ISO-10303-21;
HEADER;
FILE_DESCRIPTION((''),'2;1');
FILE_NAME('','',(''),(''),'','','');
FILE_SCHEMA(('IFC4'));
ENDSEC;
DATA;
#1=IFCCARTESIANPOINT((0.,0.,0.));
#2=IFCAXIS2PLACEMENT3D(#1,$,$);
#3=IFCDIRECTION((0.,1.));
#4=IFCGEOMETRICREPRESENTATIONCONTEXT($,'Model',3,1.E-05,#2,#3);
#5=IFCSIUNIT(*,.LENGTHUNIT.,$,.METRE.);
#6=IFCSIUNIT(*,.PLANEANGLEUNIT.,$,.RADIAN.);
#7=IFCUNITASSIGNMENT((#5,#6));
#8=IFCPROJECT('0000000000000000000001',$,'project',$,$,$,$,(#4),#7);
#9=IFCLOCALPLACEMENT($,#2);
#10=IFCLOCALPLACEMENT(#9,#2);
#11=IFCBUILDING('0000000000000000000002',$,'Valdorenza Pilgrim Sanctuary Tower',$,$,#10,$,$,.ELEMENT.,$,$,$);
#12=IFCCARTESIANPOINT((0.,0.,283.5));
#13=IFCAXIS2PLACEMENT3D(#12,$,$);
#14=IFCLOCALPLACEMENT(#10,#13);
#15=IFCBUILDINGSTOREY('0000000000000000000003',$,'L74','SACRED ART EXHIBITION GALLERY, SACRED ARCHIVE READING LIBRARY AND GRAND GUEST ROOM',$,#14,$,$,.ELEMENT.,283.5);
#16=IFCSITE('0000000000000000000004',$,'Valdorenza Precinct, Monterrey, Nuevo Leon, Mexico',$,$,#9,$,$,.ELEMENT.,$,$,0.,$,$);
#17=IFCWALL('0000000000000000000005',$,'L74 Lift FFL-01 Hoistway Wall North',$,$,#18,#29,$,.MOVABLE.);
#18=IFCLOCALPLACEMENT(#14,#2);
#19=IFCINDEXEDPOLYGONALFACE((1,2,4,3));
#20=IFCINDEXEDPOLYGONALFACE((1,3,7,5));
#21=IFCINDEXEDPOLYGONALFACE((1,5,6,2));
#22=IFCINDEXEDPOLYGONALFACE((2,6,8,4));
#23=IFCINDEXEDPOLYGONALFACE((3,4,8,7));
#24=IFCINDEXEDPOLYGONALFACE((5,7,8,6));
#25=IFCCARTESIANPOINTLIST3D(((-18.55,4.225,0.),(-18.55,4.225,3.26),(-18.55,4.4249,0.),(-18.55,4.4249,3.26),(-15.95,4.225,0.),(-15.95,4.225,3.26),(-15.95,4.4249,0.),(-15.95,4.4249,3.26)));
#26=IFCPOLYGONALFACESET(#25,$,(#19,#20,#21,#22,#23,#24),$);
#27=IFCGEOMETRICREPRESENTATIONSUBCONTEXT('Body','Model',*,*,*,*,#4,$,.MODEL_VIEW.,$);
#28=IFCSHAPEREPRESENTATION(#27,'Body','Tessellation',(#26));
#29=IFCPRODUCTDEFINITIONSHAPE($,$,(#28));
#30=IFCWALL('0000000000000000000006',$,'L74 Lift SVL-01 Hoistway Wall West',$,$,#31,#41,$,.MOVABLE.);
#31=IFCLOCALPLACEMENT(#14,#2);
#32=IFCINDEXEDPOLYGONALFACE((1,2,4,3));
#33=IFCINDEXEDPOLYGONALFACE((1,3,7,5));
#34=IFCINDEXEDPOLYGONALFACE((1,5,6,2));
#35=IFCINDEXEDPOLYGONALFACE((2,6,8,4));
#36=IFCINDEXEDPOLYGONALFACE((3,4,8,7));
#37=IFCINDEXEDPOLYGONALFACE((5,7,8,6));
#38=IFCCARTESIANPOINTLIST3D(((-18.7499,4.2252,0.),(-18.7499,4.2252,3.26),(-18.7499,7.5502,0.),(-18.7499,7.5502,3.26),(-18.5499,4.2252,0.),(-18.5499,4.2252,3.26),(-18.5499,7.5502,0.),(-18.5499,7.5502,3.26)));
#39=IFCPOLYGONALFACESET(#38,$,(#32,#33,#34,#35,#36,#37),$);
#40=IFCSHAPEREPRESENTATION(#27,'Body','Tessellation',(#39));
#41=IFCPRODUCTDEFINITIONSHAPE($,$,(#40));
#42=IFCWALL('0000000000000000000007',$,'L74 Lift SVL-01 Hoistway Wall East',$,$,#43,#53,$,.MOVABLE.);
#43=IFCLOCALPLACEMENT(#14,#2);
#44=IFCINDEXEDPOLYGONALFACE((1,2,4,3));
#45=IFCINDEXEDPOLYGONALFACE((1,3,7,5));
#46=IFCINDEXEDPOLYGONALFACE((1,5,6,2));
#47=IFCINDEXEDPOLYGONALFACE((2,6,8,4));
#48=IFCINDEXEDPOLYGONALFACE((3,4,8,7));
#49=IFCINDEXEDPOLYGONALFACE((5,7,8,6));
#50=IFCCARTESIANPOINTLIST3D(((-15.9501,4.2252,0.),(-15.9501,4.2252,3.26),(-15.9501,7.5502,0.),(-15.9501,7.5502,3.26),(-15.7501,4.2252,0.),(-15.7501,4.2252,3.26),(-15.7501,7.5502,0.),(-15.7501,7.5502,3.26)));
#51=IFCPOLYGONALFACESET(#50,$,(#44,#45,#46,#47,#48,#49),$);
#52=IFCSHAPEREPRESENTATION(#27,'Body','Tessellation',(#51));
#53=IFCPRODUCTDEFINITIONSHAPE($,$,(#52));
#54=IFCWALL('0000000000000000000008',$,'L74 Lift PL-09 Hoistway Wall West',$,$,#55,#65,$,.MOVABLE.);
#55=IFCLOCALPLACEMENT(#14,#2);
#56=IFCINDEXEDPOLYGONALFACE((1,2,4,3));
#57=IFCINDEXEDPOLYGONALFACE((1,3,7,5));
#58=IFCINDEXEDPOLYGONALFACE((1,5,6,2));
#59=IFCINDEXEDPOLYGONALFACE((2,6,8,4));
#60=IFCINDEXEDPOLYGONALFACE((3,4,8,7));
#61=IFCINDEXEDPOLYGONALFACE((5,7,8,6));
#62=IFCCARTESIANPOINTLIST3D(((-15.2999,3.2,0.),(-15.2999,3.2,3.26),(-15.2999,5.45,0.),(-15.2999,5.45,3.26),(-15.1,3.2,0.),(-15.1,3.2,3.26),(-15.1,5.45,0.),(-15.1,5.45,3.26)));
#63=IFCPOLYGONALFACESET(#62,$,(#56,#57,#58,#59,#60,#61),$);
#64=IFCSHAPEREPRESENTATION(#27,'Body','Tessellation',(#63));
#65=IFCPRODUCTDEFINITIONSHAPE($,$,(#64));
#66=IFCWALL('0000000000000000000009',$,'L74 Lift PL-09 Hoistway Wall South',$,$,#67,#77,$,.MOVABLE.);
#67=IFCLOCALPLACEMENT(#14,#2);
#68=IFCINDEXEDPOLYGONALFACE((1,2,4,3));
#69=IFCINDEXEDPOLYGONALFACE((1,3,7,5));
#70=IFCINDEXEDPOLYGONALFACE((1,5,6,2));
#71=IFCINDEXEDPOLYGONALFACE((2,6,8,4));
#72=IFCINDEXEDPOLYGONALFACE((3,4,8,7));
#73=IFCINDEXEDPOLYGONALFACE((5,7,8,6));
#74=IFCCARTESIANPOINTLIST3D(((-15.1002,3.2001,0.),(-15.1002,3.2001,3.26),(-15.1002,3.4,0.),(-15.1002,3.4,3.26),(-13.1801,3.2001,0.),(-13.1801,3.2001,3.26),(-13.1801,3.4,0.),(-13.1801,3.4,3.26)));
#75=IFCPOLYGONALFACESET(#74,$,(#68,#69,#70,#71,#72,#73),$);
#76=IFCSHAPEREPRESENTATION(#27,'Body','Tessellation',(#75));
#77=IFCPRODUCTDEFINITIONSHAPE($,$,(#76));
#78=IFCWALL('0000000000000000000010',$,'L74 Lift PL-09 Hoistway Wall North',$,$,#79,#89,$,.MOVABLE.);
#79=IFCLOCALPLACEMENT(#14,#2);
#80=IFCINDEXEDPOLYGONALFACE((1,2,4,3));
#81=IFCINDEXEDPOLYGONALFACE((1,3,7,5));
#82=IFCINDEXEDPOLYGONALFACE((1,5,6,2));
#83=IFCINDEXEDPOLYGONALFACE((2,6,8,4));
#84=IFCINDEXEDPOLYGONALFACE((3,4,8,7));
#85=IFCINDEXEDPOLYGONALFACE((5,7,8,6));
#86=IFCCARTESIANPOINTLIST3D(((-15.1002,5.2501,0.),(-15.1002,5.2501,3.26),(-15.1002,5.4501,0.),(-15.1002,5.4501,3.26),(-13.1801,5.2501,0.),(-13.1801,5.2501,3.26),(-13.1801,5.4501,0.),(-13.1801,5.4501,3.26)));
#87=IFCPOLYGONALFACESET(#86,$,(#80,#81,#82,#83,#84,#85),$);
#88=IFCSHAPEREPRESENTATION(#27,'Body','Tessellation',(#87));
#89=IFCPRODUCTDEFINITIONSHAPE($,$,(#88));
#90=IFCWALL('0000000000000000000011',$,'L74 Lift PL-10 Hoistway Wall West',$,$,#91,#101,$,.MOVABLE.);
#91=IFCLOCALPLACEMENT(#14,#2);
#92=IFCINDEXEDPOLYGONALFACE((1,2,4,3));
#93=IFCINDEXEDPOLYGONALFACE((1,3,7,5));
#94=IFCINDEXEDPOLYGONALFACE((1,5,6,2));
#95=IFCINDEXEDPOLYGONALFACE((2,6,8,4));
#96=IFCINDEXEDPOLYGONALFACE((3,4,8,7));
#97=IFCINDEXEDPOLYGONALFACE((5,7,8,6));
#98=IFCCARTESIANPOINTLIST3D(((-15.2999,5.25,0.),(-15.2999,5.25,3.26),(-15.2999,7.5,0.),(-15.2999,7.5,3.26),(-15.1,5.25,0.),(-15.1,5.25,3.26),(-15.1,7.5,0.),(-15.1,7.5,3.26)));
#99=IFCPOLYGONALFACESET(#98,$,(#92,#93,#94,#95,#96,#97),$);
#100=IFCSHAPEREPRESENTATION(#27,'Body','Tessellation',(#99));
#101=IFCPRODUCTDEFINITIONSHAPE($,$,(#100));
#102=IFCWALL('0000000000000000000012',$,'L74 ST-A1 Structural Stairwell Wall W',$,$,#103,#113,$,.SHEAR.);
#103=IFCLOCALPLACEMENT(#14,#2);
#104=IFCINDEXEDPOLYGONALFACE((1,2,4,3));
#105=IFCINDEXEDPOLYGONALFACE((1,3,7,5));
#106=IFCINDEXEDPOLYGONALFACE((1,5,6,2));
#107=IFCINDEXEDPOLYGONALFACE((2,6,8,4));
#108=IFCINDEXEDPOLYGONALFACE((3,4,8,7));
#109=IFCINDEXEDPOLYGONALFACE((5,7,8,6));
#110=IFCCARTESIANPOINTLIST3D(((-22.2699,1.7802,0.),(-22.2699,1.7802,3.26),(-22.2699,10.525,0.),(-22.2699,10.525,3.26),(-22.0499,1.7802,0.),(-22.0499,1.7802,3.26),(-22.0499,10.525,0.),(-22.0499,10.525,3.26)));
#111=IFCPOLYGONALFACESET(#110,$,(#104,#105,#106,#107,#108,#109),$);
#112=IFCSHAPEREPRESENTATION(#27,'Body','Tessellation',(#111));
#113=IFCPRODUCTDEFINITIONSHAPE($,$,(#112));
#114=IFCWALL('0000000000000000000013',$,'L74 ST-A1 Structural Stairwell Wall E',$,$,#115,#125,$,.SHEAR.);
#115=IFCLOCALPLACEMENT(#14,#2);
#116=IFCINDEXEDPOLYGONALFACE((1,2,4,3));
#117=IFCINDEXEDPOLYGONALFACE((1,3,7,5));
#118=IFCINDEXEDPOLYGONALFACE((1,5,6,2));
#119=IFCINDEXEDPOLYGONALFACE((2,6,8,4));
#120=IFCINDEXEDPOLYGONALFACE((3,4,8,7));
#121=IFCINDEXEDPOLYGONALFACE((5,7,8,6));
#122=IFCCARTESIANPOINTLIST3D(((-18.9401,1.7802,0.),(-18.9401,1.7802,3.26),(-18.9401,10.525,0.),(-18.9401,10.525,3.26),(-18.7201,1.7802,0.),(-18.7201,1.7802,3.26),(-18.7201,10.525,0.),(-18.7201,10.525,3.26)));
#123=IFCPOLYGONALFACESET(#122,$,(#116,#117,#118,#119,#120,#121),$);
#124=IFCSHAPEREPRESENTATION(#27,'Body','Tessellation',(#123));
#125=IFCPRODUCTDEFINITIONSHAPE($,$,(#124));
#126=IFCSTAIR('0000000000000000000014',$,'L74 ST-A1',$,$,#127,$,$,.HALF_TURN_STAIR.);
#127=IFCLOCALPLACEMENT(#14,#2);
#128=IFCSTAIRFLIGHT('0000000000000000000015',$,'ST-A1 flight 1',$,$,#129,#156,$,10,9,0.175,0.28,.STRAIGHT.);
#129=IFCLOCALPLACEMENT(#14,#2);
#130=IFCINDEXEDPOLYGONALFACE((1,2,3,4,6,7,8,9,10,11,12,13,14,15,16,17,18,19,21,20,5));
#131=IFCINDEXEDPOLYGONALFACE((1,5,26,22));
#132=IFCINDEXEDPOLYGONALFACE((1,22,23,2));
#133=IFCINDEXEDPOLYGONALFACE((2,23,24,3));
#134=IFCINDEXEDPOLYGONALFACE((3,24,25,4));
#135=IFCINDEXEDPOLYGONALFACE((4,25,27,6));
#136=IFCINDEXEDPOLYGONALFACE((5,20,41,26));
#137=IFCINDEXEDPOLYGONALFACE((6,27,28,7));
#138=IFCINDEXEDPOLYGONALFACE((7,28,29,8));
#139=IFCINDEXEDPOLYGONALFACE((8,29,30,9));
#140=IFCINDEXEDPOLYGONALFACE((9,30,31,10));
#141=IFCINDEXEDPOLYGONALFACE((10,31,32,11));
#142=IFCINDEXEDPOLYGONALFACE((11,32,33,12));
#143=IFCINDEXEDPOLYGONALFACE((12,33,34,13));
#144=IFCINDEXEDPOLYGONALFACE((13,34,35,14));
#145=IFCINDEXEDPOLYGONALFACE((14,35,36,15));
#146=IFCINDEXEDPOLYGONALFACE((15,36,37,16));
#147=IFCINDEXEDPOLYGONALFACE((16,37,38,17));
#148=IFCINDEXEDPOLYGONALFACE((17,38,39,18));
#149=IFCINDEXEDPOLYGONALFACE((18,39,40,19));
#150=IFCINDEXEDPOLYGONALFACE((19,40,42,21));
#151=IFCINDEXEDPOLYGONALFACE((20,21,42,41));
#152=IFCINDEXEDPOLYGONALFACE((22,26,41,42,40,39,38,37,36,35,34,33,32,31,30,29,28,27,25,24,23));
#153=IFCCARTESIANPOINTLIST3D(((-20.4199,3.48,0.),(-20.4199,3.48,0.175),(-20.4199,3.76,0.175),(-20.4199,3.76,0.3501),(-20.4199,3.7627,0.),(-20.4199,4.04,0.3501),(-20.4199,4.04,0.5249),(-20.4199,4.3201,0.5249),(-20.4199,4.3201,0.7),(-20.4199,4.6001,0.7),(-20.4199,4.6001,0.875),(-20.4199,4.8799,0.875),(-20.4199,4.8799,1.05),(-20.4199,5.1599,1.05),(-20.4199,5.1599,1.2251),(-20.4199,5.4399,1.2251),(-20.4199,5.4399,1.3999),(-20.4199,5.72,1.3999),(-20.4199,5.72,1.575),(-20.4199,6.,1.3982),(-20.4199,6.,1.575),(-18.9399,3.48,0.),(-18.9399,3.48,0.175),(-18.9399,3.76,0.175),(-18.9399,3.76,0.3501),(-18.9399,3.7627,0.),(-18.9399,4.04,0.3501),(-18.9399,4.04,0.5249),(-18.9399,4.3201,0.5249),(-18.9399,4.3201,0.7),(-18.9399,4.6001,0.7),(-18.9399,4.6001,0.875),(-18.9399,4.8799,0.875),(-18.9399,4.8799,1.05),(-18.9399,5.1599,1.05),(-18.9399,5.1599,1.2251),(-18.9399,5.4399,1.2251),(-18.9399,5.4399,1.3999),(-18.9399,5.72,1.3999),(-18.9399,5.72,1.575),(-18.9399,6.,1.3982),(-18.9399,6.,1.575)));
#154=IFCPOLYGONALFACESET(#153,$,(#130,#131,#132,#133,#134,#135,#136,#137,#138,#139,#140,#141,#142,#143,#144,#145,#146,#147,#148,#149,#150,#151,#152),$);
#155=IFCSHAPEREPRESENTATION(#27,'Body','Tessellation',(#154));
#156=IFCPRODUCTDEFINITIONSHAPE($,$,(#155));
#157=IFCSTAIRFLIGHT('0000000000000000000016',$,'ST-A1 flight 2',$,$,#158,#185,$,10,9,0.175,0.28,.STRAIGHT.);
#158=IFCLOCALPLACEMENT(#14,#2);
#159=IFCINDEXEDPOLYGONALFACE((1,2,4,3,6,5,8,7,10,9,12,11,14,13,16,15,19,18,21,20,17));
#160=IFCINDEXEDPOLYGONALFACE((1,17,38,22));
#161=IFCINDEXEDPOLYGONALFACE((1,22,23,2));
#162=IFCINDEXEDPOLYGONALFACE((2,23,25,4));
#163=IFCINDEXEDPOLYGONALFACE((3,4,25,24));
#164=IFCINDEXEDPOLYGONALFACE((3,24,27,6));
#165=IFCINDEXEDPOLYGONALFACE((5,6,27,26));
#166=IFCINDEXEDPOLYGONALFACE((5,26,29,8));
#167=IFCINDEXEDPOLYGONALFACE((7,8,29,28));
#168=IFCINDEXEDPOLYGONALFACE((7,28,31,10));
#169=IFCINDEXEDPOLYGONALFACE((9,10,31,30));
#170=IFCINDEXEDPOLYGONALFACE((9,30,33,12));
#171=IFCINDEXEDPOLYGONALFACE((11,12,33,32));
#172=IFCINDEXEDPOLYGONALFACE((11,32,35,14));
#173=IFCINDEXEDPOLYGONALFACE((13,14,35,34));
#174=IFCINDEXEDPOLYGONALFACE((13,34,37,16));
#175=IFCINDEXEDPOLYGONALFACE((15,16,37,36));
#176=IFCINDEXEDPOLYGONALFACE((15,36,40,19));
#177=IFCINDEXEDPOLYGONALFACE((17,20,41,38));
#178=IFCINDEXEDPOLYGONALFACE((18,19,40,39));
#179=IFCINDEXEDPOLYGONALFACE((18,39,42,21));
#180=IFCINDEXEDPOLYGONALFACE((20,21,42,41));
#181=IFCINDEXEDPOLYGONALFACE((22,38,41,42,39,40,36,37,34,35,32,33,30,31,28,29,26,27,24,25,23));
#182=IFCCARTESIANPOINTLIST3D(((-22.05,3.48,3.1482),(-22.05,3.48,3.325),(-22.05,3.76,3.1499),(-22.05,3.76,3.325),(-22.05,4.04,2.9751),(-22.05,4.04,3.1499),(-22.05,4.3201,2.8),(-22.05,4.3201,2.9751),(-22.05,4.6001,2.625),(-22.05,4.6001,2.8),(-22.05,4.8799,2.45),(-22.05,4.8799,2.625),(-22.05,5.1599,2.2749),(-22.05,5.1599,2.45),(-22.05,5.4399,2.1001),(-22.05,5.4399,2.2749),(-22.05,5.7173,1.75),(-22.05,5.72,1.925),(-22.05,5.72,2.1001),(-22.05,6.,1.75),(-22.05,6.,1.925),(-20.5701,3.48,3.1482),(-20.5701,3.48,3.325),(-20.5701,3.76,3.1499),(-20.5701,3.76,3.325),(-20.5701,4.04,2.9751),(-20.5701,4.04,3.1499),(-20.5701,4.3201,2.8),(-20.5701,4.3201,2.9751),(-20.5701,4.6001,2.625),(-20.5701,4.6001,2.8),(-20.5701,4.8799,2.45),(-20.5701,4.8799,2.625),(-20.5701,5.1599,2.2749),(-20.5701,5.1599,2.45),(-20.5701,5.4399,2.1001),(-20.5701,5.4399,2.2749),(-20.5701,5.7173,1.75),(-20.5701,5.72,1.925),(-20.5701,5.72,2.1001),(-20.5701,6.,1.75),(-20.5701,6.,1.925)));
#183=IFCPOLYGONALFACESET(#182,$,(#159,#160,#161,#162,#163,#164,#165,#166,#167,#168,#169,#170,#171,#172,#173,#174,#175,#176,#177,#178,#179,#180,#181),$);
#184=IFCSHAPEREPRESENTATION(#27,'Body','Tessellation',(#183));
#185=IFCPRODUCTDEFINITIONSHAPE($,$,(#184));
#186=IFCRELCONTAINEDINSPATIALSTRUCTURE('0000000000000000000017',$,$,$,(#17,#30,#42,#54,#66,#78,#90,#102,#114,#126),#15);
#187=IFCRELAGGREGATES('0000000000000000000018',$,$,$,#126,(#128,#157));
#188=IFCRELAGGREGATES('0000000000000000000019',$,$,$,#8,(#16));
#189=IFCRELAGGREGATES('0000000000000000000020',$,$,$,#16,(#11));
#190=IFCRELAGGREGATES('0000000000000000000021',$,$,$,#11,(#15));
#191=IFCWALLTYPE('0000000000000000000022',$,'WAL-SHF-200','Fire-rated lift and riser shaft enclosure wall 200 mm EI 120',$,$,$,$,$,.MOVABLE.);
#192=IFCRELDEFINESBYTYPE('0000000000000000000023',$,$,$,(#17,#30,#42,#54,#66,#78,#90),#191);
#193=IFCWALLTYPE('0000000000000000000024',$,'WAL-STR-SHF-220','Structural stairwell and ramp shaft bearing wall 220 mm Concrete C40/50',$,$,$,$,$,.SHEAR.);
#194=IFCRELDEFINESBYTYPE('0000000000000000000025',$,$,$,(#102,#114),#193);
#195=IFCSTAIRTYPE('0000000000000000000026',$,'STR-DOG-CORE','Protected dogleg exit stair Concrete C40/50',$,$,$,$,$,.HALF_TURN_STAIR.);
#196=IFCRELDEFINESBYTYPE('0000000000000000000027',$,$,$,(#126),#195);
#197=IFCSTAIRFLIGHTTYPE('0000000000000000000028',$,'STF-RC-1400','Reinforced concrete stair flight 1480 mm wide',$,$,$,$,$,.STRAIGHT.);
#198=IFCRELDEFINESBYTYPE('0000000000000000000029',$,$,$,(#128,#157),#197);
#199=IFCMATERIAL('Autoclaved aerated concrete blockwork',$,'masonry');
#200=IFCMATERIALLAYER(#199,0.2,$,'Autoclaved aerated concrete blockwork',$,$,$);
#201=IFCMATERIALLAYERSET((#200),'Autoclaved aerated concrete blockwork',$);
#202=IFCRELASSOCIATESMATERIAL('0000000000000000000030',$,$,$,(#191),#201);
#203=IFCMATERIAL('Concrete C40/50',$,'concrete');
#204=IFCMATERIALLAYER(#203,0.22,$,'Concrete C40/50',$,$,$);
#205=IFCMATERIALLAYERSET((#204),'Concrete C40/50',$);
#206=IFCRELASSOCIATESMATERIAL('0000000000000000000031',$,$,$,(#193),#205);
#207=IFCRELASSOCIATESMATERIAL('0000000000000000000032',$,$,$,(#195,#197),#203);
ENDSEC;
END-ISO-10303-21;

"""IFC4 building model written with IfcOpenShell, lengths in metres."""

from ifc_helpers import new_model, si_unit, direction, frame, frame_2d, origin, place, context, subcontext, project, spatial, polyline, rectangle, outline, extrude, material, layer, layer_set, type_object, element, aggregate, save


model = new_model("IFC4")

# Units and contexts
model_context = context("Model", 3, precision=1e-05, world=origin(), true_north=direction((0.0, 1.0)))
body_context = subcontext(model_context, "Body", "Model", "MODEL_VIEW")
ifc_project = project(units=[si_unit("LENGTHUNIT", "METRE"), si_unit("PLANEANGLEUNIT", "RADIAN")], contexts=[model_context])

# Site, building, storey
site_placement = place(None, origin())
site = spatial("IfcSite", under=ifc_project, at=site_placement, Name="Valdorenza Precinct, Monterrey, Nuevo Leon, Mexico", CompositionType="ELEMENT", RefElevation=0.0)
building_placement = place(site_placement, origin())
building = spatial("IfcBuilding", under=site, at=building_placement, Name="Valdorenza Pilgrim Sanctuary Tower", CompositionType="ELEMENT")
storey_placement = place(building_placement, frame((0.0, 0.0, 283.5)))
storey = spatial("IfcBuildingStorey", under=building, at=storey_placement, Name="L74", Description="SACRED ART EXHIBITION GALLERY, SACRED ARCHIVE READING LIBRARY AND GRAND GUEST ROOM", CompositionType="ELEMENT", Elevation=283.5)

# Walls
ifc_material_1 = material(Name="Autoclaved aerated concrete blockwork", Category="masonry")
ifc_layer_1 = layer(ifc_material_1, 0.2, Name="Autoclaved aerated concrete blockwork")
ifc_layer_set_1 = layer_set([ifc_layer_1], Name="Autoclaved aerated concrete blockwork")
wall_type_1 = type_object("IfcWallType", Name="WAL-SHF-200", Description="Fire-rated lift and riser shaft enclosure wall 200 mm EI 120", PredefinedType="MOVABLE", material=ifc_layer_set_1)
wall_1_placement = place(storey_placement, frame((-18.55, 4.325, 0.0), z_axis=(0.0, 0.0, 1.0), x_axis=(1.0, 0.0, 0.0)))
element("IfcWall", 1, at=wall_1_placement, inside=storey, type_object=wall_type_1, Name="L74 Lift FFL-01 Hoistway Wall North", PredefinedType="MOVABLE", context=body_context, shape_type="SweptSolid", body=[
    extrude(rectangle(XDim=2.6001, YDim=0.2, at=frame_2d((1.3, 0.0))), origin(), (0.0, 0.0, 1.0), 3.26),
])
for number, where, z_axis, x_axis, name in (
    (2, (-18.6499, 4.2251, 0.0), (0.0, 0.0, 1.0), (0.0, 1.0, 0.0), "L74 Lift SVL-01 Hoistway Wall West"),
    (3, (-15.8501, 4.2251, 0.0), (0.0, 0.0, 1.0), (0.0, 1.0, 0.0), "L74 Lift SVL-01 Hoistway Wall East"),
):
    element("IfcWall", number, at=place(storey_placement, frame(where, z_axis=z_axis, x_axis=x_axis)), inside=storey, type_object=wall_type_1, Name=name, PredefinedType="MOVABLE", context=body_context, shape_type="SweptSolid", body=[
        extrude(rectangle(XDim=3.325, YDim=0.2, at=frame_2d((1.6626, 0.0))), origin(), (0.0, 0.0, 1.0), 3.26),
    ])
wall_2_placement = place(storey_placement, frame((-15.2, 3.2, 0.0), z_axis=(0.0, 0.0, 1.0), x_axis=(0.0, 1.0, 0.0)))
element("IfcWall", 4, at=wall_2_placement, inside=storey, type_object=wall_type_1, Name="L74 Lift PL-09 Hoistway Wall West", PredefinedType="MOVABLE", context=body_context, shape_type="SweptSolid", body=[
    extrude(rectangle(XDim=2.25, YDim=0.2, at=frame_2d((1.125, 0.0))), origin(), (0.0, 0.0, 1.0), 3.26),
])
for number, where, z_axis, x_axis, name in (
    (5, (-15.1001, 3.3, 0.0), (0.0, 0.0, 1.0), (1.0, 0.0, 0.0), "L74 Lift PL-09 Hoistway Wall South"),
    (6, (-15.1001, 5.3501, 0.0), (0.0, 0.0, 1.0), (1.0, 0.0, 0.0), "L74 Lift PL-09 Hoistway Wall North"),
):
    element("IfcWall", number, at=place(storey_placement, frame(where, z_axis=z_axis, x_axis=x_axis)), inside=storey, type_object=wall_type_1, Name=name, PredefinedType="MOVABLE", context=body_context, shape_type="SweptSolid", body=[
        extrude(rectangle(XDim=1.9202, YDim=0.2, at=frame_2d((0.96, 0.0))), origin(), (0.0, 0.0, 1.0), 3.26),
    ])
wall_3_placement = place(storey_placement, frame((-15.2, 5.25, 0.0), z_axis=(0.0, 0.0, 1.0), x_axis=(0.0, 1.0, 0.0)))
element("IfcWall", 7, at=wall_3_placement, inside=storey, type_object=wall_type_1, Name="L74 Lift PL-10 Hoistway Wall West", PredefinedType="MOVABLE", context=body_context, shape_type="SweptSolid", body=[
    extrude(rectangle(XDim=2.25, YDim=0.2, at=frame_2d((1.125, 0.0))), origin(), (0.0, 0.0, 1.0), 3.26),
])
ifc_material_2 = material(Name="Concrete C40/50", Category="concrete")
ifc_layer_2 = layer(ifc_material_2, 0.22, Name="Concrete C40/50")
ifc_layer_set_2 = layer_set([ifc_layer_2], Name="Concrete C40/50")
wall_type_2 = type_object("IfcWallType", Name="WAL-STR-SHF-220", Description="Structural stairwell and ramp shaft bearing wall 220 mm Concrete C40/50", PredefinedType="SHEAR", material=ifc_layer_set_2)
for number, where, z_axis, x_axis, name in (
    (8, (-22.1599, 1.78, 0.0), (0.0, 0.0, 1.0), (0.0, 1.0, 0.0), "L74 ST-A1 Structural Stairwell Wall W"),
    (9, (-18.8301, 1.78, 0.0), (0.0, 0.0, 1.0), (0.0, 1.0, 0.0), "L74 ST-A1 Structural Stairwell Wall E"),
):
    element("IfcWall", number, at=place(storey_placement, frame(where, z_axis=z_axis, x_axis=x_axis)), inside=storey, type_object=wall_type_2, Name=name, PredefinedType="SHEAR", context=body_context, shape_type="SweptSolid", body=[
        extrude(rectangle(XDim=8.7449, YDim=0.22, at=frame_2d((4.3726, 0.0))), origin(), (0.0, 0.0, 1.0), 3.26),
    ])

# Stair, stair flights
stair_type = type_object("IfcStairType", Name="STR-DOG-CORE", Description="Protected dogleg exit stair Concrete C40/50", PredefinedType="HALF_TURN_STAIR", material=ifc_material_2)
stair_placement = place(storey_placement, origin())
stair = element("IfcStair", 10, at=stair_placement, inside=storey, type_object=stair_type, Name="L74 ST-A1", PredefinedType="HALF_TURN_STAIR")
stair_flight_type = type_object("IfcStairFlightType", Name="STF-RC-1400", Description="Reinforced concrete stair flight 1480 mm wide", PredefinedType="STRAIGHT", material=ifc_material_2)
stair_flight_1_placement = place(storey_placement, frame((-19.6799, 3.48, 0.0), z_axis=(0.0, 0.0, 1.0), x_axis=(0.0, 1.0, 0.0)))
stair_flight_1 = element("IfcStairFlight", 11, at=stair_flight_1_placement, type_object=stair_flight_type, Name="ST-A1 flight 1", NumberOfRisers=10, NumberOfTreads=9, PredefinedType="STRAIGHT", RiserHeight=0.175, TreadLength=0.28, context=body_context, shape_type="SweptSolid", body=[
    extrude(outline(polyline([(0.0, 0.0), (0.0, 0.175), (0.28, 0.175), (0.28, 0.3501), (0.5601, 0.3501), (0.5601, 0.5249), (0.8401, 0.5249), (0.8401, 0.7), (1.1201, 0.7), (1.1201, 0.875), (1.3999, 0.875), (1.3999, 1.05), (1.6799, 1.05), (1.6799, 1.2251), (1.96, 1.2251), (1.96, 1.3999), (2.24, 1.3999), (2.24, 1.575), (2.52, 1.575), (2.52, 1.75), (2.52, 1.3982), (0.2827, 0.0), (0.0, 0.0)])), frame((0.0, 0.74, 0.0), z_axis=(0.0, -1.0, 0.0), x_axis=(1.0, 0.0, 0.0)), (0.0, 0.0, 1.0), 1.48),
])
stair_flight_2_placement = place(storey_placement, frame((-21.3101, 6.0, 1.75), z_axis=(0.0, 0.0, 1.0), x_axis=(0.0, -1.0, 0.0)))
stair_flight_2 = element("IfcStairFlight", 12, at=stair_flight_2_placement, type_object=stair_flight_type, Name="ST-A1 flight 2", NumberOfRisers=10, NumberOfTreads=9, PredefinedType="STRAIGHT", RiserHeight=0.175, TreadLength=0.28, context=body_context, shape_type="SweptSolid", body=[
    extrude(outline(polyline([(0.0, 0.0), (0.0, 0.175), (0.28, 0.175), (0.28, 0.3501), (0.5601, 0.3501), (0.5601, 0.5249), (0.8401, 0.5249), (0.8401, 0.7), (1.1201, 0.7), (1.1201, 0.875), (1.3999, 0.875), (1.3999, 1.05), (1.6799, 1.05), (1.6799, 1.2251), (1.96, 1.2251), (1.96, 1.3999), (2.24, 1.3999), (2.24, 1.575), (2.52, 1.575), (2.52, 1.75), (2.52, 1.3982), (0.2827, 0.0), (0.0, 0.0)])), frame((0.0, 0.74, 0.0), z_axis=(0.0, -1.0, 0.0), x_axis=(1.0, 0.0, 0.0)), (0.0, 0.0, 1.0), 1.48),
])
aggregate(stair, [stair_flight_1, stair_flight_2])

save(model, "model.ifc")
